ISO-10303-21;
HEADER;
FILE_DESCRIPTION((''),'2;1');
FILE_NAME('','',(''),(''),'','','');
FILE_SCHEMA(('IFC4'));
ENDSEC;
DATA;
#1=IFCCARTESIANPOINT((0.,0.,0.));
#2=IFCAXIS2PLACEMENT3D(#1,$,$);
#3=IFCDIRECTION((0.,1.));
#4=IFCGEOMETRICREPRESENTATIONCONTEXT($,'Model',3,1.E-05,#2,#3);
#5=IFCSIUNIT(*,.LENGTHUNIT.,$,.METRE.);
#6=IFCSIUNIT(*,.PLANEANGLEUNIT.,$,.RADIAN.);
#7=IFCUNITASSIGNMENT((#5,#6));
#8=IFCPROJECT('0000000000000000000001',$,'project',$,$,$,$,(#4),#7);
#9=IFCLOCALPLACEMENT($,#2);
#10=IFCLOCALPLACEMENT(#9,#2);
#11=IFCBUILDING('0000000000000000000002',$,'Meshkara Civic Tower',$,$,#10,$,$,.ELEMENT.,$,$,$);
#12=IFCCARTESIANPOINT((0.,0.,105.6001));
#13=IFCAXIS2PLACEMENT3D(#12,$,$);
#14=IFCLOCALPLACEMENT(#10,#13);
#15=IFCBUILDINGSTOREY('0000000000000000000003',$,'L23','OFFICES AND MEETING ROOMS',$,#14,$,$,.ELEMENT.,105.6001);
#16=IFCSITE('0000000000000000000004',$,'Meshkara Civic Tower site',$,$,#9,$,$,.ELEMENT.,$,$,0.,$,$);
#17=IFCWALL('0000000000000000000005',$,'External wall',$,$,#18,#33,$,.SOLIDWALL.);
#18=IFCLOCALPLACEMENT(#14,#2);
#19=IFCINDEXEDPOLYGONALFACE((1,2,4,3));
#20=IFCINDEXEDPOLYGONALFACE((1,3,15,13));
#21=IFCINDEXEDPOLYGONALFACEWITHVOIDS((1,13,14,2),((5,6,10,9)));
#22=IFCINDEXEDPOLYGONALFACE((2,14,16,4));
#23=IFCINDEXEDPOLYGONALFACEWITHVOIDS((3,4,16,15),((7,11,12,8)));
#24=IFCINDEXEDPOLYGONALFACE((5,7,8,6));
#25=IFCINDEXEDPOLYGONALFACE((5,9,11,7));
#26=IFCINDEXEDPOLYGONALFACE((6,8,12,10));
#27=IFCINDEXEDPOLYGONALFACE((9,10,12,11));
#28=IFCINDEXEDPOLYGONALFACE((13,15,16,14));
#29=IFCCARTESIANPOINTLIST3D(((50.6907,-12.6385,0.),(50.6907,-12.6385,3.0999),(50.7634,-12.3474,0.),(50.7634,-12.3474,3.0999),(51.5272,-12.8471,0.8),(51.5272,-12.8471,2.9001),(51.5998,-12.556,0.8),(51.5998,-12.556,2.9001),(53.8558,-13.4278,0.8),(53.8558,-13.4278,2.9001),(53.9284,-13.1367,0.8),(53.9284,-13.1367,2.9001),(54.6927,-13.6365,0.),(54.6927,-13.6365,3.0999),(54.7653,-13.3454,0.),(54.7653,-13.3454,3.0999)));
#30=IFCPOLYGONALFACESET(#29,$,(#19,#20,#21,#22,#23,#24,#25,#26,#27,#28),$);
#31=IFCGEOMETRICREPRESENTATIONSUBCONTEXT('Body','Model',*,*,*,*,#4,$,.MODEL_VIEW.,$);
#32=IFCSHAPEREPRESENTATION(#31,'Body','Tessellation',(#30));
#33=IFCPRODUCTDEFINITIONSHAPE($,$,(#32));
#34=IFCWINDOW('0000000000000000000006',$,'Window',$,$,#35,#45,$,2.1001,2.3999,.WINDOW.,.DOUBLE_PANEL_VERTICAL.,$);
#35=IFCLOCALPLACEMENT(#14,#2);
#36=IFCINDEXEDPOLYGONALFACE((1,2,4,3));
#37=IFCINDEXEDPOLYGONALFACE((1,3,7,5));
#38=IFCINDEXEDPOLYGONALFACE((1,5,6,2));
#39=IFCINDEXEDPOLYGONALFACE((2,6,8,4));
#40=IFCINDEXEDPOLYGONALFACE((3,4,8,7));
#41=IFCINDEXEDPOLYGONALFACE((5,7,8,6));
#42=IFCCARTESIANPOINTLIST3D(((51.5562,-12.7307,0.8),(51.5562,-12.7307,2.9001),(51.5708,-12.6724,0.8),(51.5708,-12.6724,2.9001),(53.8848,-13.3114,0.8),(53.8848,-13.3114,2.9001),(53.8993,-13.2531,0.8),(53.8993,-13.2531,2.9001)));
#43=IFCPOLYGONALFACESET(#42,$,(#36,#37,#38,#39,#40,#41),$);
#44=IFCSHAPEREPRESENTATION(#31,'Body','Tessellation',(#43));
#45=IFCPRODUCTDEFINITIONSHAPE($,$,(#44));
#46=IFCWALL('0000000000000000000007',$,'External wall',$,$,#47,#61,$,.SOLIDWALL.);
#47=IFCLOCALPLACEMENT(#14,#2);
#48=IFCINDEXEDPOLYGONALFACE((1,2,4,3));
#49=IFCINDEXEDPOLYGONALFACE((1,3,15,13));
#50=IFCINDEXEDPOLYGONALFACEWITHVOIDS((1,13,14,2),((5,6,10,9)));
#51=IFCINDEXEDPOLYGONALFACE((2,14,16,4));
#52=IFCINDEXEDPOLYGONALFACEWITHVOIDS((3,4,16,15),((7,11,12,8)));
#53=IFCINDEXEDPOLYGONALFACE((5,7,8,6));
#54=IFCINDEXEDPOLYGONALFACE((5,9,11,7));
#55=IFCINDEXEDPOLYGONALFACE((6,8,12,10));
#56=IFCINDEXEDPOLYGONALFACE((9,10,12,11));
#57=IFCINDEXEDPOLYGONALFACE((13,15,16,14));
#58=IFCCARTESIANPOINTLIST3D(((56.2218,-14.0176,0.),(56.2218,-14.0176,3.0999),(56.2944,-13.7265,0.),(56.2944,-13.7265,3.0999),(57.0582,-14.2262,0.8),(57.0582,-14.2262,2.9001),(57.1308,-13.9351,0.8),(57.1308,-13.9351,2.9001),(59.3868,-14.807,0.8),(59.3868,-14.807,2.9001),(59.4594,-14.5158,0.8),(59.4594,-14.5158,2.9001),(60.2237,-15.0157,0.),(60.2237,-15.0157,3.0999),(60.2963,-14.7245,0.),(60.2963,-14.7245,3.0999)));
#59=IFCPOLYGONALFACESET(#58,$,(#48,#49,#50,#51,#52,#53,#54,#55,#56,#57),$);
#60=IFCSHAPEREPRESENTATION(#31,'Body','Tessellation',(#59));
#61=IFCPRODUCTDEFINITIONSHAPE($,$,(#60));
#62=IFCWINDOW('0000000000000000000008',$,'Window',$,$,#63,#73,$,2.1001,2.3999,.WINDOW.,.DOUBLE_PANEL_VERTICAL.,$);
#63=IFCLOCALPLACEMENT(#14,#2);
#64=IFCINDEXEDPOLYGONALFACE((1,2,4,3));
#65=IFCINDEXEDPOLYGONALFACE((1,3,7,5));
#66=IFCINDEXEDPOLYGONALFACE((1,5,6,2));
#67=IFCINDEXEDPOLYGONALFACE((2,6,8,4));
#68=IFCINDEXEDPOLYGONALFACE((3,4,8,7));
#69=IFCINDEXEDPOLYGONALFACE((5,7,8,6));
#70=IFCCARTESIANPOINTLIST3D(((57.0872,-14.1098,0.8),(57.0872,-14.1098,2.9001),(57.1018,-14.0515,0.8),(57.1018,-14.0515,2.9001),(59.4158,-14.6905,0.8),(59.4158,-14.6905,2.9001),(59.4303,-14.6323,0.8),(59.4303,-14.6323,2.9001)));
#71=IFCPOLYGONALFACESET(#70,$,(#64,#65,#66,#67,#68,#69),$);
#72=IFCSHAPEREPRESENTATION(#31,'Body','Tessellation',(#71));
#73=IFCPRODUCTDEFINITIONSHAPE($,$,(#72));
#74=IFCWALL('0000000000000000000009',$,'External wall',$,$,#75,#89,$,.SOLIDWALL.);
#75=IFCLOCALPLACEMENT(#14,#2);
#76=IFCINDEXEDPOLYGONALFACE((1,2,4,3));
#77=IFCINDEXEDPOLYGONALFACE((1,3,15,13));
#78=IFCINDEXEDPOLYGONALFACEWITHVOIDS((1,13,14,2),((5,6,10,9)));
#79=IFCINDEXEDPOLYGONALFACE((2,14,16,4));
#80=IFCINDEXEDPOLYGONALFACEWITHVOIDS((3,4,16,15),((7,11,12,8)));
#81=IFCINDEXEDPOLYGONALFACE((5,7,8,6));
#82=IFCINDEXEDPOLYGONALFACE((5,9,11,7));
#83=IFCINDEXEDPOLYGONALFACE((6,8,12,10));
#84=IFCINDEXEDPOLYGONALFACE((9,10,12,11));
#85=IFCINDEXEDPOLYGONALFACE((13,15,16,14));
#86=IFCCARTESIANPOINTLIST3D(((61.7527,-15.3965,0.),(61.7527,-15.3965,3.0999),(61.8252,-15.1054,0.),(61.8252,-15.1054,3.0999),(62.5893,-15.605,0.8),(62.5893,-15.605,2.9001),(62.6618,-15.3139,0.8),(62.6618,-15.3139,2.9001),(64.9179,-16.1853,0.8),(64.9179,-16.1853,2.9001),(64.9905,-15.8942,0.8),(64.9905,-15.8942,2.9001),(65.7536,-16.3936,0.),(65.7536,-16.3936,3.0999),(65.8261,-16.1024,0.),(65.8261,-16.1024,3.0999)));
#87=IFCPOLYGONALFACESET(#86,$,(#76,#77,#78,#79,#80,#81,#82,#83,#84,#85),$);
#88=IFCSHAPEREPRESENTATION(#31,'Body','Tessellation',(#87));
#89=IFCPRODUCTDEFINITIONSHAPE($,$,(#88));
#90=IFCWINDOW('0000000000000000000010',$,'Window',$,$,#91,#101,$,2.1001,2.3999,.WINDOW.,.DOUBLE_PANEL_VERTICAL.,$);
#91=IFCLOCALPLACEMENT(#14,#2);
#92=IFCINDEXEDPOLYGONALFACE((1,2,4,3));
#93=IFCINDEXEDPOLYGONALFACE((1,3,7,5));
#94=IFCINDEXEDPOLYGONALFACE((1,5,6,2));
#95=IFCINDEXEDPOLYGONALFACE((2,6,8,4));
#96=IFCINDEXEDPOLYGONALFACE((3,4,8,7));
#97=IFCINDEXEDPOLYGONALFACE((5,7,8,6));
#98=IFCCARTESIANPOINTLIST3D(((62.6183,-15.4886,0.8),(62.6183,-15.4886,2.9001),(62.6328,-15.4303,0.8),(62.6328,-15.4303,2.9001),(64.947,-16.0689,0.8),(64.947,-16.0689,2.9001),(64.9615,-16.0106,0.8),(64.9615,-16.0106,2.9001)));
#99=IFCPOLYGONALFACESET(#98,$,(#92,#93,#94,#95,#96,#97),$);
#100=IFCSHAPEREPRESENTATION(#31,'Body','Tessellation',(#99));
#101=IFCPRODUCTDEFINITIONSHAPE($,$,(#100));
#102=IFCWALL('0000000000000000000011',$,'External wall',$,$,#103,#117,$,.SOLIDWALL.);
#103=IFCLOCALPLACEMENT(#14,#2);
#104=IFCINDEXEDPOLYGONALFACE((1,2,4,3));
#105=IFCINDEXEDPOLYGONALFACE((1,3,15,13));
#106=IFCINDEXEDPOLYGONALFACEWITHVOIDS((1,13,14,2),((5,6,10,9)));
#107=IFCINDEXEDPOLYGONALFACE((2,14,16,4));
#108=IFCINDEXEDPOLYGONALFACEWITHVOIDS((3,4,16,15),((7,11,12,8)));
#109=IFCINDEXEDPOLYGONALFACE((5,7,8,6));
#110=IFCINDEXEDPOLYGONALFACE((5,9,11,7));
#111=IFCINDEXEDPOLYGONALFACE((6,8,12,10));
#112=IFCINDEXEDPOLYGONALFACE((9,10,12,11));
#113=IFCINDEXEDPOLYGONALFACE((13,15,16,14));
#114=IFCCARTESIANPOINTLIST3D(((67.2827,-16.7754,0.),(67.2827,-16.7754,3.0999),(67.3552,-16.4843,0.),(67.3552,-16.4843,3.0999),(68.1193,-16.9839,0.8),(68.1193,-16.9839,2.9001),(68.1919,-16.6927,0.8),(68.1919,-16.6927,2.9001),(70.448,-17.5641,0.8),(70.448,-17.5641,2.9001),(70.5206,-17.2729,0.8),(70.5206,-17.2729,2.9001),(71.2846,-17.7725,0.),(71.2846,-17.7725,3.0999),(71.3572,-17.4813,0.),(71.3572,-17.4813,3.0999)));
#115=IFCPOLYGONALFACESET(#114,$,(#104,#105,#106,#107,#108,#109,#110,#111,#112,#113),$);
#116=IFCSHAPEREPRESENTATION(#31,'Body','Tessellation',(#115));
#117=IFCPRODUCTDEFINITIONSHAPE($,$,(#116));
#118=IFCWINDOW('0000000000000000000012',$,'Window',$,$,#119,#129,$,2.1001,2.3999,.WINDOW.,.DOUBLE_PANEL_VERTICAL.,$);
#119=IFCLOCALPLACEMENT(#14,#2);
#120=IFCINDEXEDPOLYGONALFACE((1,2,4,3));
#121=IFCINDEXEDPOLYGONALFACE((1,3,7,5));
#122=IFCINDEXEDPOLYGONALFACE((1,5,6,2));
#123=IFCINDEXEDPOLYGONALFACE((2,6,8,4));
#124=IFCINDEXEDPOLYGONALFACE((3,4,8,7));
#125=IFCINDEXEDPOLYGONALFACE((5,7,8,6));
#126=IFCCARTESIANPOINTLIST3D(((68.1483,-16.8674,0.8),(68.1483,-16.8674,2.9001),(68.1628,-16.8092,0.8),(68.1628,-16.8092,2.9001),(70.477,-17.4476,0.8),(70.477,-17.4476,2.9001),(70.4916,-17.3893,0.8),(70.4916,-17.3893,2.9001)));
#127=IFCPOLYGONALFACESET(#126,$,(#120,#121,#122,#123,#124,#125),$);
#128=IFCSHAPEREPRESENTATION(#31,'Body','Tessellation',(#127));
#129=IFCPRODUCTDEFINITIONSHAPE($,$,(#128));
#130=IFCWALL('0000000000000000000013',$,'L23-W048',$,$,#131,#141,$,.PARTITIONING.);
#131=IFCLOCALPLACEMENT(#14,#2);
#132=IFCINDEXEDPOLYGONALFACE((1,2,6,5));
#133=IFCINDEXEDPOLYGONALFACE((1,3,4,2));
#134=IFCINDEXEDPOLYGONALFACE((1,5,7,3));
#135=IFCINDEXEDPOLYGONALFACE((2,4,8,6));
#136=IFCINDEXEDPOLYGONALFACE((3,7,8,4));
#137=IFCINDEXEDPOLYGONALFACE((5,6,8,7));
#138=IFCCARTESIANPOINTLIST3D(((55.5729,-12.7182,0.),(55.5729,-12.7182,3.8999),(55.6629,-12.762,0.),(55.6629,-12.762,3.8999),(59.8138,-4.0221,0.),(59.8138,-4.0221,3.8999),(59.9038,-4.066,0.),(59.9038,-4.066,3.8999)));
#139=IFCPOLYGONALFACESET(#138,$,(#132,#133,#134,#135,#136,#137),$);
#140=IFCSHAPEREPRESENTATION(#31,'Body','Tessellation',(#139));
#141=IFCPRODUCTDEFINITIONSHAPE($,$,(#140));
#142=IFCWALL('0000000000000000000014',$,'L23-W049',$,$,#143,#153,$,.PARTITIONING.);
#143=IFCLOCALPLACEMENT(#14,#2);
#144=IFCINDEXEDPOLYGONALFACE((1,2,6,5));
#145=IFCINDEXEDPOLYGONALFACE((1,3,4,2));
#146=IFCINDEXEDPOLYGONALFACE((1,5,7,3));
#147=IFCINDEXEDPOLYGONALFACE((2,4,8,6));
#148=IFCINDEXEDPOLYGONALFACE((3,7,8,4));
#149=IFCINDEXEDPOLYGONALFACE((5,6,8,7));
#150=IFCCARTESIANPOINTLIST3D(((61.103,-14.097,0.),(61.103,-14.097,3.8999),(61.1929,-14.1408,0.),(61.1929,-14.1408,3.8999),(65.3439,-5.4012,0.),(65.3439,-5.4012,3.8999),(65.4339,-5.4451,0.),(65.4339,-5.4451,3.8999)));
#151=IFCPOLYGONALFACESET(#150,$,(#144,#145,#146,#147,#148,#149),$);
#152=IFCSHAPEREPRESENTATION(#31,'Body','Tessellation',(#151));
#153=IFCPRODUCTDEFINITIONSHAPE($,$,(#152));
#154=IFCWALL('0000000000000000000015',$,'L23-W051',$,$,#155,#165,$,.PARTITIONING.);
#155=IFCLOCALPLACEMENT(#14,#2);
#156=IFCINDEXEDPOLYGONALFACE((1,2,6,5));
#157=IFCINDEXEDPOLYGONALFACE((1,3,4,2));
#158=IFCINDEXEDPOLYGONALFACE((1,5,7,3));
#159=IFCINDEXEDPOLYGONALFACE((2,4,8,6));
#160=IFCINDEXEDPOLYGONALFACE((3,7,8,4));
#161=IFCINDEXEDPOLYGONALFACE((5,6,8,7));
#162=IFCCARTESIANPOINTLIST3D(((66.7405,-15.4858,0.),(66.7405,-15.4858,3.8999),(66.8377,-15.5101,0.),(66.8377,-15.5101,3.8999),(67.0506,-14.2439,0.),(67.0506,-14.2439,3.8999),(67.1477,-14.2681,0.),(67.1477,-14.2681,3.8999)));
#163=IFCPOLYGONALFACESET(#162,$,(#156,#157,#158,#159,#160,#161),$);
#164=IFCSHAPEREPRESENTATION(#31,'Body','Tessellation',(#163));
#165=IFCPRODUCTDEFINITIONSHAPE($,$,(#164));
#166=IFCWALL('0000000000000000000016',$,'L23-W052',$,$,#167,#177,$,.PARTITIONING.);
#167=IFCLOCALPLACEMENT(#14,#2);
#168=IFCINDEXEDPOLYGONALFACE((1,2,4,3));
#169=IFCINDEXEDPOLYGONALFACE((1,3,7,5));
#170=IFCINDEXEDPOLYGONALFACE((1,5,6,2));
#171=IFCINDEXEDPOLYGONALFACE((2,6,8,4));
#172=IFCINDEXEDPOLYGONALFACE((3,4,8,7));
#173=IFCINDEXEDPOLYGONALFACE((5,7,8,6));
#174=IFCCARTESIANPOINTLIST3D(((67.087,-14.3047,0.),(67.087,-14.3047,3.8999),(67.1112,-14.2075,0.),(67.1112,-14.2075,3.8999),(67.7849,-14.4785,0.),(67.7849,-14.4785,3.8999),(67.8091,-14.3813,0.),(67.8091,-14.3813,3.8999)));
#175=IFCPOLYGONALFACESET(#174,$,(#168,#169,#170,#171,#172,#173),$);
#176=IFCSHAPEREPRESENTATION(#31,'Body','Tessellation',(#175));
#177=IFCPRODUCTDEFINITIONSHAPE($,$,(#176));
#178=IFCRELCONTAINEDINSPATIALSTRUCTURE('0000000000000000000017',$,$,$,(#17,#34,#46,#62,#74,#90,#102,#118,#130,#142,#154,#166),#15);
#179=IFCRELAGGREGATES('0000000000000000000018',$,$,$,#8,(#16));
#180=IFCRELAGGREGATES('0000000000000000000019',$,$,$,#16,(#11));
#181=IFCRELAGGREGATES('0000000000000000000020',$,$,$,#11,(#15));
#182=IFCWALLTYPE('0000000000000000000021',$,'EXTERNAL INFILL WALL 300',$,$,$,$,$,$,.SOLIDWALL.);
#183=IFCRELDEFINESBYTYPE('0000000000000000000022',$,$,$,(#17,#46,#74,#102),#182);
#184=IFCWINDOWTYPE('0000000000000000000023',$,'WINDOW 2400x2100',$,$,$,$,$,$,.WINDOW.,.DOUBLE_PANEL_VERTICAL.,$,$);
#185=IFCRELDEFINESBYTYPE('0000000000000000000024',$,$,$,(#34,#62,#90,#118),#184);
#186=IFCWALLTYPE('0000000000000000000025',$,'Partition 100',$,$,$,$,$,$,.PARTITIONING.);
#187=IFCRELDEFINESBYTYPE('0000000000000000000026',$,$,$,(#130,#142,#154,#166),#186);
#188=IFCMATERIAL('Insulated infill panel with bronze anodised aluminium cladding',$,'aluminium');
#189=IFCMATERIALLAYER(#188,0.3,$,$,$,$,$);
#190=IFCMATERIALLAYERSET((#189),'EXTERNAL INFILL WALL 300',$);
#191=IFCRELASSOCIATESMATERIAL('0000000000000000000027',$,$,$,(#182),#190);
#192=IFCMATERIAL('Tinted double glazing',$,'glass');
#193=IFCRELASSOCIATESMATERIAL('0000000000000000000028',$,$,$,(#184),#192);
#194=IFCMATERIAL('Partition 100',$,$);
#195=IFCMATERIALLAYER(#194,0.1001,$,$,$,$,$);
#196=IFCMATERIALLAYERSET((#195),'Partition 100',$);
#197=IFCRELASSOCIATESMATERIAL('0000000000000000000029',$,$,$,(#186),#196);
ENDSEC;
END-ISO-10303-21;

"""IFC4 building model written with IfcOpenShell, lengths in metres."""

from ifc_helpers import new_model, si_unit, direction, frame, frame_2d, origin, place, context, subcontext, project, spatial, rectangle, extrude, material, layer, layer_set, type_object, element, fill, save


model = new_model("IFC4")

# Units and contexts
model_context = context("Model", 3, precision=1e-05, world=origin(), true_north=direction((0.0, 1.0)))
body_context = subcontext(model_context, "Body", "Model", "MODEL_VIEW")
ifc_project = project(units=[si_unit("LENGTHUNIT", "METRE"), si_unit("PLANEANGLEUNIT", "RADIAN")], contexts=[model_context])

# Site, building, storey
site_placement = place(None, origin())
site = spatial("IfcSite", under=ifc_project, at=site_placement, Name="Meshkara Civic Tower site", CompositionType="ELEMENT", RefElevation=0.0)
building_placement = place(site_placement, origin())
building = spatial("IfcBuilding", under=site, at=building_placement, Name="Meshkara Civic Tower", CompositionType="ELEMENT")
storey_placement = place(building_placement, frame((0.0, 0.0, 105.6001)))
storey = spatial("IfcBuildingStorey", under=building, at=storey_placement, Name="L23", Description="OFFICES AND MEETING ROOMS", CompositionType="ELEMENT", Elevation=105.6001)

# Walls, openings, windows
ifc_material_1 = material(Name="Insulated infill panel with bronze anodised aluminium cladding", Category="aluminium")
ifc_layer_1 = layer(ifc_material_1, 0.3)
ifc_layer_set_1 = layer_set([ifc_layer_1], Name="EXTERNAL INFILL WALL 300")
wall_type_1 = type_object("IfcWallType", Name="EXTERNAL INFILL WALL 300", PredefinedType="SOLIDWALL", material=ifc_layer_set_1)
wall_1_placement = place(storey_placement, frame((50.7271, -12.4929, 0.0), z_axis=(0.0, 0.0, 1.0), x_axis=(0.970282, -0.241978, 0.0)))
wall_1 = element("IfcWall", 1, at=wall_1_placement, inside=storey, type_object=wall_type_1, Name="External wall", PredefinedType="SOLIDWALL", context=body_context, shape_type="SweptSolid", body=[
    extrude(rectangle(XDim=4.1245, YDim=0.3, at=frame_2d((2.0623, 0.0))), origin(), (0.0, 0.0, 1.0), 3.0999),
])
opening_1_placement = place(wall_1_placement, frame((0.8621, 0.0, 0.8)))
opening_1 = element("IfcOpeningElement", 2, at=opening_1_placement, cuts=wall_1, PredefinedType="OPENING", context=body_context, shape_type="SweptSolid", body=[
    extrude(rectangle(XDim=2.3999, YDim=2.1001, at=frame_2d((1.2, 1.05))), frame((0.0, 0.1599, 0.0), z_axis=(0.0, -1.0, 0.0), x_axis=(1.0, 0.0, 0.0)), (0.0, 0.0, 1.0), 0.3201),
])
ifc_material_2 = material(Name="Tinted double glazing", Category="glass")
window_type = type_object("IfcWindowType", Name="WINDOW 2400x2100", PartitioningType="DOUBLE_PANEL_VERTICAL", PredefinedType="WINDOW", material=ifc_material_2)
window_1_placement = place(opening_1_placement, origin())
window_1 = element("IfcWindow", 3, at=window_1_placement, inside=storey, type_object=window_type, Name="Window", OverallHeight=2.1001, OverallWidth=2.3999, PartitioningType="DOUBLE_PANEL_VERTICAL", PredefinedType="WINDOW", context=body_context, shape_type="SweptSolid", body=[
    extrude(rectangle(XDim=2.3999, YDim=2.1001, at=frame_2d((1.2, 1.05))), frame((0.0, 0.03, 0.0), z_axis=(0.0, -1.0, 0.0), x_axis=(1.0, 0.0, 0.0)), (0.0, 0.0, 1.0), 0.0601),
])
fill(opening_1, window_1)
wall_2_placement = place(storey_placement, frame((56.2581, -13.8721, 0.0), z_axis=(0.0, 0.0, 1.0), x_axis=(0.970282, -0.241978, 0.0)))
wall_2 = element("IfcWall", 4, at=wall_2_placement, inside=storey, type_object=wall_type_1, Name="External wall", PredefinedType="SOLIDWALL", context=body_context, shape_type="SweptSolid", body=[
    extrude(rectangle(XDim=4.1245, YDim=0.3, at=frame_2d((2.0623, 0.0))), origin(), (0.0, 0.0, 1.0), 3.0999),
])
opening_2_placement = place(wall_2_placement, frame((0.8621, 0.0, 0.8)))
opening_2 = element("IfcOpeningElement", 5, at=opening_2_placement, cuts=wall_2, PredefinedType="OPENING", context=body_context, shape_type="SweptSolid", body=[
    extrude(rectangle(XDim=2.3999, YDim=2.1001, at=frame_2d((1.2, 1.05))), frame((0.0, 0.1599, 0.0), z_axis=(0.0, -1.0, 0.0), x_axis=(1.0, 0.0, 0.0)), (0.0, 0.0, 1.0), 0.3201),
])
window_2_placement = place(opening_2_placement, origin())
window_2 = element("IfcWindow", 6, at=window_2_placement, inside=storey, type_object=window_type, Name="Window", OverallHeight=2.1001, OverallWidth=2.3999, PartitioningType="DOUBLE_PANEL_VERTICAL", PredefinedType="WINDOW", context=body_context, shape_type="SweptSolid", body=[
    extrude(rectangle(XDim=2.3999, YDim=2.1001, at=frame_2d((1.2, 1.05))), frame((0.0, 0.03, 0.0), z_axis=(0.0, -1.0, 0.0), x_axis=(1.0, 0.0, 0.0)), (0.0, 0.0, 1.0), 0.0601),
])
fill(opening_2, window_2)
wall_3_placement = place(storey_placement, frame((61.7891, -15.251, 0.0), z_axis=(0.0, 0.0, 1.0), x_axis=(0.970323, -0.241811, 0.0)))
wall_3 = element("IfcWall", 7, at=wall_3_placement, inside=storey, type_object=wall_type_1, Name="External wall", PredefinedType="SOLIDWALL", context=body_context, shape_type="SweptSolid", body=[
    extrude(rectangle(XDim=4.1233, YDim=0.3, at=frame_2d((2.0615, 0.0))), origin(), (0.0, 0.0, 1.0), 3.0999),
])
opening_3_placement = place(wall_3_placement, frame((0.8621, 0.0, 0.8)))
opening_3 = element("IfcOpeningElement", 8, at=opening_3_placement, cuts=wall_3, PredefinedType="OPENING", context=body_context, shape_type="SweptSolid", body=[
    extrude(rectangle(XDim=2.3999, YDim=2.1001, at=frame_2d((1.2, 1.05))), frame((0.0, 0.1599, 0.0), z_axis=(0.0, -1.0, 0.0), x_axis=(1.0, 0.0, 0.0)), (0.0, 0.0, 1.0), 0.3201),
])
window_3_placement = place(opening_3_placement, origin())
window_3 = element("IfcWindow", 9, at=window_3_placement, inside=storey, type_object=window_type, Name="Window", OverallHeight=2.1001, OverallWidth=2.3999, PartitioningType="DOUBLE_PANEL_VERTICAL", PredefinedType="WINDOW", context=body_context, shape_type="SweptSolid", body=[
    extrude(rectangle(XDim=2.3999, YDim=2.1001, at=frame_2d((1.2, 1.05))), frame((0.0, 0.03, 0.0), z_axis=(0.0, -1.0, 0.0), x_axis=(1.0, 0.0, 0.0)), (0.0, 0.0, 1.0), 0.0601),
])
fill(opening_3, window_3)
wall_4_placement = place(storey_placement, frame((67.3191, -16.6299, 0.0), z_axis=(0.0, 0.0, 1.0), x_axis=(0.970337, -0.241756, 0.0)))
wall_4 = element("IfcWall", 10, at=wall_4_placement, inside=storey, type_object=wall_type_1, Name="External wall", PredefinedType="SOLIDWALL", context=body_context, shape_type="SweptSolid", body=[
    extrude(rectangle(XDim=4.1243, YDim=0.3, at=frame_2d((2.062, 0.0))), origin(), (0.0, 0.0, 1.0), 3.0999),
])
opening_4_placement = place(wall_4_placement, frame((0.8621, 0.0, 0.8)))
opening_4 = element("IfcOpeningElement", 11, at=opening_4_placement, cuts=wall_4, PredefinedType="OPENING", context=body_context, shape_type="SweptSolid", body=[
    extrude(rectangle(XDim=2.3999, YDim=2.1001, at=frame_2d((1.2, 1.05))), frame((0.0, 0.1599, 0.0), z_axis=(0.0, -1.0, 0.0), x_axis=(1.0, 0.0, 0.0)), (0.0, 0.0, 1.0), 0.3201),
])
window_4_placement = place(opening_4_placement, origin())
window_4 = element("IfcWindow", 12, at=window_4_placement, inside=storey, type_object=window_type, Name="Window", OverallHeight=2.1001, OverallWidth=2.3999, PartitioningType="DOUBLE_PANEL_VERTICAL", PredefinedType="WINDOW", context=body_context, shape_type="SweptSolid", body=[
    extrude(rectangle(XDim=2.3999, YDim=2.1001, at=frame_2d((1.2, 1.05))), frame((0.0, 0.03, 0.0), z_axis=(0.0, -1.0, 0.0), x_axis=(1.0, 0.0, 0.0)), (0.0, 0.0, 1.0), 0.0601),
])
fill(opening_4, window_4)

# Walls
ifc_material_3 = material(Name="Partition 100")
ifc_layer_2 = layer(ifc_material_3, 0.1001)
ifc_layer_set_2 = layer_set([ifc_layer_2], Name="Partition 100")
wall_type_2 = type_object("IfcWallType", Name="Partition 100", PredefinedType="PARTITIONING", material=ifc_layer_set_2)
wall_5_placement = place(storey_placement, frame((55.6179, -12.74, 0.0), z_axis=(0.0, 0.0, 1.0), x_axis=(0.43834, 0.898809, 0.0)))
element("IfcWall", 13, at=wall_5_placement, inside=storey, type_object=wall_type_2, Name="L23-W048", PredefinedType="PARTITIONING", context=body_context, shape_type="SweptSolid", body=[
    extrude(rectangle(XDim=9.675, YDim=0.1001, at=frame_2d((4.8374, 0.0))), origin(), (0.0, 0.0, 1.0), 3.8999),
])
wall_6_placement = place(storey_placement, frame((61.1479, -14.1189, 0.0), z_axis=(0.0, 0.0, 1.0), x_axis=(0.43835, 0.898805, 0.0)))
element("IfcWall", 14, at=wall_6_placement, inside=storey, type_object=wall_type_2, Name="L23-W049", PredefinedType="PARTITIONING", context=body_context, shape_type="SweptSolid", body=[
    extrude(rectangle(XDim=9.6748, YDim=0.1001, at=frame_2d((4.8374, 0.0))), origin(), (0.0, 0.0, 1.0), 3.8999),
])
wall_7_placement = place(storey_placement, frame((66.7891, -15.498, 0.0), z_axis=(0.0, 0.0, 1.0), x_axis=(0.242221, 0.970221, 0.0)))
element("IfcWall", 15, at=wall_7_placement, inside=storey, type_object=wall_type_2, Name="L23-W051", PredefinedType="PARTITIONING", context=body_context, shape_type="SweptSolid", body=[
    extrude(rectangle(XDim=1.28, YDim=0.1001, at=frame_2d((0.6401, 0.0))), origin(), (0.0, 0.0, 1.0), 3.8999),
])
wall_8_placement = place(storey_placement, frame((67.0991, -14.2561, 0.0), z_axis=(0.0, 0.0, 1.0), x_axis=(0.970362, -0.241657, 0.0)))
element("IfcWall", 16, at=wall_8_placement, inside=storey, type_object=wall_type_2, Name="L23-W052", PredefinedType="PARTITIONING", context=body_context, shape_type="SweptSolid", body=[
    extrude(rectangle(XDim=0.7192, YDim=0.1001, at=frame_2d((0.3596, 0.0))), origin(), (0.0, 0.0, 1.0), 3.8999),
])

save(model, "model.ifc")
